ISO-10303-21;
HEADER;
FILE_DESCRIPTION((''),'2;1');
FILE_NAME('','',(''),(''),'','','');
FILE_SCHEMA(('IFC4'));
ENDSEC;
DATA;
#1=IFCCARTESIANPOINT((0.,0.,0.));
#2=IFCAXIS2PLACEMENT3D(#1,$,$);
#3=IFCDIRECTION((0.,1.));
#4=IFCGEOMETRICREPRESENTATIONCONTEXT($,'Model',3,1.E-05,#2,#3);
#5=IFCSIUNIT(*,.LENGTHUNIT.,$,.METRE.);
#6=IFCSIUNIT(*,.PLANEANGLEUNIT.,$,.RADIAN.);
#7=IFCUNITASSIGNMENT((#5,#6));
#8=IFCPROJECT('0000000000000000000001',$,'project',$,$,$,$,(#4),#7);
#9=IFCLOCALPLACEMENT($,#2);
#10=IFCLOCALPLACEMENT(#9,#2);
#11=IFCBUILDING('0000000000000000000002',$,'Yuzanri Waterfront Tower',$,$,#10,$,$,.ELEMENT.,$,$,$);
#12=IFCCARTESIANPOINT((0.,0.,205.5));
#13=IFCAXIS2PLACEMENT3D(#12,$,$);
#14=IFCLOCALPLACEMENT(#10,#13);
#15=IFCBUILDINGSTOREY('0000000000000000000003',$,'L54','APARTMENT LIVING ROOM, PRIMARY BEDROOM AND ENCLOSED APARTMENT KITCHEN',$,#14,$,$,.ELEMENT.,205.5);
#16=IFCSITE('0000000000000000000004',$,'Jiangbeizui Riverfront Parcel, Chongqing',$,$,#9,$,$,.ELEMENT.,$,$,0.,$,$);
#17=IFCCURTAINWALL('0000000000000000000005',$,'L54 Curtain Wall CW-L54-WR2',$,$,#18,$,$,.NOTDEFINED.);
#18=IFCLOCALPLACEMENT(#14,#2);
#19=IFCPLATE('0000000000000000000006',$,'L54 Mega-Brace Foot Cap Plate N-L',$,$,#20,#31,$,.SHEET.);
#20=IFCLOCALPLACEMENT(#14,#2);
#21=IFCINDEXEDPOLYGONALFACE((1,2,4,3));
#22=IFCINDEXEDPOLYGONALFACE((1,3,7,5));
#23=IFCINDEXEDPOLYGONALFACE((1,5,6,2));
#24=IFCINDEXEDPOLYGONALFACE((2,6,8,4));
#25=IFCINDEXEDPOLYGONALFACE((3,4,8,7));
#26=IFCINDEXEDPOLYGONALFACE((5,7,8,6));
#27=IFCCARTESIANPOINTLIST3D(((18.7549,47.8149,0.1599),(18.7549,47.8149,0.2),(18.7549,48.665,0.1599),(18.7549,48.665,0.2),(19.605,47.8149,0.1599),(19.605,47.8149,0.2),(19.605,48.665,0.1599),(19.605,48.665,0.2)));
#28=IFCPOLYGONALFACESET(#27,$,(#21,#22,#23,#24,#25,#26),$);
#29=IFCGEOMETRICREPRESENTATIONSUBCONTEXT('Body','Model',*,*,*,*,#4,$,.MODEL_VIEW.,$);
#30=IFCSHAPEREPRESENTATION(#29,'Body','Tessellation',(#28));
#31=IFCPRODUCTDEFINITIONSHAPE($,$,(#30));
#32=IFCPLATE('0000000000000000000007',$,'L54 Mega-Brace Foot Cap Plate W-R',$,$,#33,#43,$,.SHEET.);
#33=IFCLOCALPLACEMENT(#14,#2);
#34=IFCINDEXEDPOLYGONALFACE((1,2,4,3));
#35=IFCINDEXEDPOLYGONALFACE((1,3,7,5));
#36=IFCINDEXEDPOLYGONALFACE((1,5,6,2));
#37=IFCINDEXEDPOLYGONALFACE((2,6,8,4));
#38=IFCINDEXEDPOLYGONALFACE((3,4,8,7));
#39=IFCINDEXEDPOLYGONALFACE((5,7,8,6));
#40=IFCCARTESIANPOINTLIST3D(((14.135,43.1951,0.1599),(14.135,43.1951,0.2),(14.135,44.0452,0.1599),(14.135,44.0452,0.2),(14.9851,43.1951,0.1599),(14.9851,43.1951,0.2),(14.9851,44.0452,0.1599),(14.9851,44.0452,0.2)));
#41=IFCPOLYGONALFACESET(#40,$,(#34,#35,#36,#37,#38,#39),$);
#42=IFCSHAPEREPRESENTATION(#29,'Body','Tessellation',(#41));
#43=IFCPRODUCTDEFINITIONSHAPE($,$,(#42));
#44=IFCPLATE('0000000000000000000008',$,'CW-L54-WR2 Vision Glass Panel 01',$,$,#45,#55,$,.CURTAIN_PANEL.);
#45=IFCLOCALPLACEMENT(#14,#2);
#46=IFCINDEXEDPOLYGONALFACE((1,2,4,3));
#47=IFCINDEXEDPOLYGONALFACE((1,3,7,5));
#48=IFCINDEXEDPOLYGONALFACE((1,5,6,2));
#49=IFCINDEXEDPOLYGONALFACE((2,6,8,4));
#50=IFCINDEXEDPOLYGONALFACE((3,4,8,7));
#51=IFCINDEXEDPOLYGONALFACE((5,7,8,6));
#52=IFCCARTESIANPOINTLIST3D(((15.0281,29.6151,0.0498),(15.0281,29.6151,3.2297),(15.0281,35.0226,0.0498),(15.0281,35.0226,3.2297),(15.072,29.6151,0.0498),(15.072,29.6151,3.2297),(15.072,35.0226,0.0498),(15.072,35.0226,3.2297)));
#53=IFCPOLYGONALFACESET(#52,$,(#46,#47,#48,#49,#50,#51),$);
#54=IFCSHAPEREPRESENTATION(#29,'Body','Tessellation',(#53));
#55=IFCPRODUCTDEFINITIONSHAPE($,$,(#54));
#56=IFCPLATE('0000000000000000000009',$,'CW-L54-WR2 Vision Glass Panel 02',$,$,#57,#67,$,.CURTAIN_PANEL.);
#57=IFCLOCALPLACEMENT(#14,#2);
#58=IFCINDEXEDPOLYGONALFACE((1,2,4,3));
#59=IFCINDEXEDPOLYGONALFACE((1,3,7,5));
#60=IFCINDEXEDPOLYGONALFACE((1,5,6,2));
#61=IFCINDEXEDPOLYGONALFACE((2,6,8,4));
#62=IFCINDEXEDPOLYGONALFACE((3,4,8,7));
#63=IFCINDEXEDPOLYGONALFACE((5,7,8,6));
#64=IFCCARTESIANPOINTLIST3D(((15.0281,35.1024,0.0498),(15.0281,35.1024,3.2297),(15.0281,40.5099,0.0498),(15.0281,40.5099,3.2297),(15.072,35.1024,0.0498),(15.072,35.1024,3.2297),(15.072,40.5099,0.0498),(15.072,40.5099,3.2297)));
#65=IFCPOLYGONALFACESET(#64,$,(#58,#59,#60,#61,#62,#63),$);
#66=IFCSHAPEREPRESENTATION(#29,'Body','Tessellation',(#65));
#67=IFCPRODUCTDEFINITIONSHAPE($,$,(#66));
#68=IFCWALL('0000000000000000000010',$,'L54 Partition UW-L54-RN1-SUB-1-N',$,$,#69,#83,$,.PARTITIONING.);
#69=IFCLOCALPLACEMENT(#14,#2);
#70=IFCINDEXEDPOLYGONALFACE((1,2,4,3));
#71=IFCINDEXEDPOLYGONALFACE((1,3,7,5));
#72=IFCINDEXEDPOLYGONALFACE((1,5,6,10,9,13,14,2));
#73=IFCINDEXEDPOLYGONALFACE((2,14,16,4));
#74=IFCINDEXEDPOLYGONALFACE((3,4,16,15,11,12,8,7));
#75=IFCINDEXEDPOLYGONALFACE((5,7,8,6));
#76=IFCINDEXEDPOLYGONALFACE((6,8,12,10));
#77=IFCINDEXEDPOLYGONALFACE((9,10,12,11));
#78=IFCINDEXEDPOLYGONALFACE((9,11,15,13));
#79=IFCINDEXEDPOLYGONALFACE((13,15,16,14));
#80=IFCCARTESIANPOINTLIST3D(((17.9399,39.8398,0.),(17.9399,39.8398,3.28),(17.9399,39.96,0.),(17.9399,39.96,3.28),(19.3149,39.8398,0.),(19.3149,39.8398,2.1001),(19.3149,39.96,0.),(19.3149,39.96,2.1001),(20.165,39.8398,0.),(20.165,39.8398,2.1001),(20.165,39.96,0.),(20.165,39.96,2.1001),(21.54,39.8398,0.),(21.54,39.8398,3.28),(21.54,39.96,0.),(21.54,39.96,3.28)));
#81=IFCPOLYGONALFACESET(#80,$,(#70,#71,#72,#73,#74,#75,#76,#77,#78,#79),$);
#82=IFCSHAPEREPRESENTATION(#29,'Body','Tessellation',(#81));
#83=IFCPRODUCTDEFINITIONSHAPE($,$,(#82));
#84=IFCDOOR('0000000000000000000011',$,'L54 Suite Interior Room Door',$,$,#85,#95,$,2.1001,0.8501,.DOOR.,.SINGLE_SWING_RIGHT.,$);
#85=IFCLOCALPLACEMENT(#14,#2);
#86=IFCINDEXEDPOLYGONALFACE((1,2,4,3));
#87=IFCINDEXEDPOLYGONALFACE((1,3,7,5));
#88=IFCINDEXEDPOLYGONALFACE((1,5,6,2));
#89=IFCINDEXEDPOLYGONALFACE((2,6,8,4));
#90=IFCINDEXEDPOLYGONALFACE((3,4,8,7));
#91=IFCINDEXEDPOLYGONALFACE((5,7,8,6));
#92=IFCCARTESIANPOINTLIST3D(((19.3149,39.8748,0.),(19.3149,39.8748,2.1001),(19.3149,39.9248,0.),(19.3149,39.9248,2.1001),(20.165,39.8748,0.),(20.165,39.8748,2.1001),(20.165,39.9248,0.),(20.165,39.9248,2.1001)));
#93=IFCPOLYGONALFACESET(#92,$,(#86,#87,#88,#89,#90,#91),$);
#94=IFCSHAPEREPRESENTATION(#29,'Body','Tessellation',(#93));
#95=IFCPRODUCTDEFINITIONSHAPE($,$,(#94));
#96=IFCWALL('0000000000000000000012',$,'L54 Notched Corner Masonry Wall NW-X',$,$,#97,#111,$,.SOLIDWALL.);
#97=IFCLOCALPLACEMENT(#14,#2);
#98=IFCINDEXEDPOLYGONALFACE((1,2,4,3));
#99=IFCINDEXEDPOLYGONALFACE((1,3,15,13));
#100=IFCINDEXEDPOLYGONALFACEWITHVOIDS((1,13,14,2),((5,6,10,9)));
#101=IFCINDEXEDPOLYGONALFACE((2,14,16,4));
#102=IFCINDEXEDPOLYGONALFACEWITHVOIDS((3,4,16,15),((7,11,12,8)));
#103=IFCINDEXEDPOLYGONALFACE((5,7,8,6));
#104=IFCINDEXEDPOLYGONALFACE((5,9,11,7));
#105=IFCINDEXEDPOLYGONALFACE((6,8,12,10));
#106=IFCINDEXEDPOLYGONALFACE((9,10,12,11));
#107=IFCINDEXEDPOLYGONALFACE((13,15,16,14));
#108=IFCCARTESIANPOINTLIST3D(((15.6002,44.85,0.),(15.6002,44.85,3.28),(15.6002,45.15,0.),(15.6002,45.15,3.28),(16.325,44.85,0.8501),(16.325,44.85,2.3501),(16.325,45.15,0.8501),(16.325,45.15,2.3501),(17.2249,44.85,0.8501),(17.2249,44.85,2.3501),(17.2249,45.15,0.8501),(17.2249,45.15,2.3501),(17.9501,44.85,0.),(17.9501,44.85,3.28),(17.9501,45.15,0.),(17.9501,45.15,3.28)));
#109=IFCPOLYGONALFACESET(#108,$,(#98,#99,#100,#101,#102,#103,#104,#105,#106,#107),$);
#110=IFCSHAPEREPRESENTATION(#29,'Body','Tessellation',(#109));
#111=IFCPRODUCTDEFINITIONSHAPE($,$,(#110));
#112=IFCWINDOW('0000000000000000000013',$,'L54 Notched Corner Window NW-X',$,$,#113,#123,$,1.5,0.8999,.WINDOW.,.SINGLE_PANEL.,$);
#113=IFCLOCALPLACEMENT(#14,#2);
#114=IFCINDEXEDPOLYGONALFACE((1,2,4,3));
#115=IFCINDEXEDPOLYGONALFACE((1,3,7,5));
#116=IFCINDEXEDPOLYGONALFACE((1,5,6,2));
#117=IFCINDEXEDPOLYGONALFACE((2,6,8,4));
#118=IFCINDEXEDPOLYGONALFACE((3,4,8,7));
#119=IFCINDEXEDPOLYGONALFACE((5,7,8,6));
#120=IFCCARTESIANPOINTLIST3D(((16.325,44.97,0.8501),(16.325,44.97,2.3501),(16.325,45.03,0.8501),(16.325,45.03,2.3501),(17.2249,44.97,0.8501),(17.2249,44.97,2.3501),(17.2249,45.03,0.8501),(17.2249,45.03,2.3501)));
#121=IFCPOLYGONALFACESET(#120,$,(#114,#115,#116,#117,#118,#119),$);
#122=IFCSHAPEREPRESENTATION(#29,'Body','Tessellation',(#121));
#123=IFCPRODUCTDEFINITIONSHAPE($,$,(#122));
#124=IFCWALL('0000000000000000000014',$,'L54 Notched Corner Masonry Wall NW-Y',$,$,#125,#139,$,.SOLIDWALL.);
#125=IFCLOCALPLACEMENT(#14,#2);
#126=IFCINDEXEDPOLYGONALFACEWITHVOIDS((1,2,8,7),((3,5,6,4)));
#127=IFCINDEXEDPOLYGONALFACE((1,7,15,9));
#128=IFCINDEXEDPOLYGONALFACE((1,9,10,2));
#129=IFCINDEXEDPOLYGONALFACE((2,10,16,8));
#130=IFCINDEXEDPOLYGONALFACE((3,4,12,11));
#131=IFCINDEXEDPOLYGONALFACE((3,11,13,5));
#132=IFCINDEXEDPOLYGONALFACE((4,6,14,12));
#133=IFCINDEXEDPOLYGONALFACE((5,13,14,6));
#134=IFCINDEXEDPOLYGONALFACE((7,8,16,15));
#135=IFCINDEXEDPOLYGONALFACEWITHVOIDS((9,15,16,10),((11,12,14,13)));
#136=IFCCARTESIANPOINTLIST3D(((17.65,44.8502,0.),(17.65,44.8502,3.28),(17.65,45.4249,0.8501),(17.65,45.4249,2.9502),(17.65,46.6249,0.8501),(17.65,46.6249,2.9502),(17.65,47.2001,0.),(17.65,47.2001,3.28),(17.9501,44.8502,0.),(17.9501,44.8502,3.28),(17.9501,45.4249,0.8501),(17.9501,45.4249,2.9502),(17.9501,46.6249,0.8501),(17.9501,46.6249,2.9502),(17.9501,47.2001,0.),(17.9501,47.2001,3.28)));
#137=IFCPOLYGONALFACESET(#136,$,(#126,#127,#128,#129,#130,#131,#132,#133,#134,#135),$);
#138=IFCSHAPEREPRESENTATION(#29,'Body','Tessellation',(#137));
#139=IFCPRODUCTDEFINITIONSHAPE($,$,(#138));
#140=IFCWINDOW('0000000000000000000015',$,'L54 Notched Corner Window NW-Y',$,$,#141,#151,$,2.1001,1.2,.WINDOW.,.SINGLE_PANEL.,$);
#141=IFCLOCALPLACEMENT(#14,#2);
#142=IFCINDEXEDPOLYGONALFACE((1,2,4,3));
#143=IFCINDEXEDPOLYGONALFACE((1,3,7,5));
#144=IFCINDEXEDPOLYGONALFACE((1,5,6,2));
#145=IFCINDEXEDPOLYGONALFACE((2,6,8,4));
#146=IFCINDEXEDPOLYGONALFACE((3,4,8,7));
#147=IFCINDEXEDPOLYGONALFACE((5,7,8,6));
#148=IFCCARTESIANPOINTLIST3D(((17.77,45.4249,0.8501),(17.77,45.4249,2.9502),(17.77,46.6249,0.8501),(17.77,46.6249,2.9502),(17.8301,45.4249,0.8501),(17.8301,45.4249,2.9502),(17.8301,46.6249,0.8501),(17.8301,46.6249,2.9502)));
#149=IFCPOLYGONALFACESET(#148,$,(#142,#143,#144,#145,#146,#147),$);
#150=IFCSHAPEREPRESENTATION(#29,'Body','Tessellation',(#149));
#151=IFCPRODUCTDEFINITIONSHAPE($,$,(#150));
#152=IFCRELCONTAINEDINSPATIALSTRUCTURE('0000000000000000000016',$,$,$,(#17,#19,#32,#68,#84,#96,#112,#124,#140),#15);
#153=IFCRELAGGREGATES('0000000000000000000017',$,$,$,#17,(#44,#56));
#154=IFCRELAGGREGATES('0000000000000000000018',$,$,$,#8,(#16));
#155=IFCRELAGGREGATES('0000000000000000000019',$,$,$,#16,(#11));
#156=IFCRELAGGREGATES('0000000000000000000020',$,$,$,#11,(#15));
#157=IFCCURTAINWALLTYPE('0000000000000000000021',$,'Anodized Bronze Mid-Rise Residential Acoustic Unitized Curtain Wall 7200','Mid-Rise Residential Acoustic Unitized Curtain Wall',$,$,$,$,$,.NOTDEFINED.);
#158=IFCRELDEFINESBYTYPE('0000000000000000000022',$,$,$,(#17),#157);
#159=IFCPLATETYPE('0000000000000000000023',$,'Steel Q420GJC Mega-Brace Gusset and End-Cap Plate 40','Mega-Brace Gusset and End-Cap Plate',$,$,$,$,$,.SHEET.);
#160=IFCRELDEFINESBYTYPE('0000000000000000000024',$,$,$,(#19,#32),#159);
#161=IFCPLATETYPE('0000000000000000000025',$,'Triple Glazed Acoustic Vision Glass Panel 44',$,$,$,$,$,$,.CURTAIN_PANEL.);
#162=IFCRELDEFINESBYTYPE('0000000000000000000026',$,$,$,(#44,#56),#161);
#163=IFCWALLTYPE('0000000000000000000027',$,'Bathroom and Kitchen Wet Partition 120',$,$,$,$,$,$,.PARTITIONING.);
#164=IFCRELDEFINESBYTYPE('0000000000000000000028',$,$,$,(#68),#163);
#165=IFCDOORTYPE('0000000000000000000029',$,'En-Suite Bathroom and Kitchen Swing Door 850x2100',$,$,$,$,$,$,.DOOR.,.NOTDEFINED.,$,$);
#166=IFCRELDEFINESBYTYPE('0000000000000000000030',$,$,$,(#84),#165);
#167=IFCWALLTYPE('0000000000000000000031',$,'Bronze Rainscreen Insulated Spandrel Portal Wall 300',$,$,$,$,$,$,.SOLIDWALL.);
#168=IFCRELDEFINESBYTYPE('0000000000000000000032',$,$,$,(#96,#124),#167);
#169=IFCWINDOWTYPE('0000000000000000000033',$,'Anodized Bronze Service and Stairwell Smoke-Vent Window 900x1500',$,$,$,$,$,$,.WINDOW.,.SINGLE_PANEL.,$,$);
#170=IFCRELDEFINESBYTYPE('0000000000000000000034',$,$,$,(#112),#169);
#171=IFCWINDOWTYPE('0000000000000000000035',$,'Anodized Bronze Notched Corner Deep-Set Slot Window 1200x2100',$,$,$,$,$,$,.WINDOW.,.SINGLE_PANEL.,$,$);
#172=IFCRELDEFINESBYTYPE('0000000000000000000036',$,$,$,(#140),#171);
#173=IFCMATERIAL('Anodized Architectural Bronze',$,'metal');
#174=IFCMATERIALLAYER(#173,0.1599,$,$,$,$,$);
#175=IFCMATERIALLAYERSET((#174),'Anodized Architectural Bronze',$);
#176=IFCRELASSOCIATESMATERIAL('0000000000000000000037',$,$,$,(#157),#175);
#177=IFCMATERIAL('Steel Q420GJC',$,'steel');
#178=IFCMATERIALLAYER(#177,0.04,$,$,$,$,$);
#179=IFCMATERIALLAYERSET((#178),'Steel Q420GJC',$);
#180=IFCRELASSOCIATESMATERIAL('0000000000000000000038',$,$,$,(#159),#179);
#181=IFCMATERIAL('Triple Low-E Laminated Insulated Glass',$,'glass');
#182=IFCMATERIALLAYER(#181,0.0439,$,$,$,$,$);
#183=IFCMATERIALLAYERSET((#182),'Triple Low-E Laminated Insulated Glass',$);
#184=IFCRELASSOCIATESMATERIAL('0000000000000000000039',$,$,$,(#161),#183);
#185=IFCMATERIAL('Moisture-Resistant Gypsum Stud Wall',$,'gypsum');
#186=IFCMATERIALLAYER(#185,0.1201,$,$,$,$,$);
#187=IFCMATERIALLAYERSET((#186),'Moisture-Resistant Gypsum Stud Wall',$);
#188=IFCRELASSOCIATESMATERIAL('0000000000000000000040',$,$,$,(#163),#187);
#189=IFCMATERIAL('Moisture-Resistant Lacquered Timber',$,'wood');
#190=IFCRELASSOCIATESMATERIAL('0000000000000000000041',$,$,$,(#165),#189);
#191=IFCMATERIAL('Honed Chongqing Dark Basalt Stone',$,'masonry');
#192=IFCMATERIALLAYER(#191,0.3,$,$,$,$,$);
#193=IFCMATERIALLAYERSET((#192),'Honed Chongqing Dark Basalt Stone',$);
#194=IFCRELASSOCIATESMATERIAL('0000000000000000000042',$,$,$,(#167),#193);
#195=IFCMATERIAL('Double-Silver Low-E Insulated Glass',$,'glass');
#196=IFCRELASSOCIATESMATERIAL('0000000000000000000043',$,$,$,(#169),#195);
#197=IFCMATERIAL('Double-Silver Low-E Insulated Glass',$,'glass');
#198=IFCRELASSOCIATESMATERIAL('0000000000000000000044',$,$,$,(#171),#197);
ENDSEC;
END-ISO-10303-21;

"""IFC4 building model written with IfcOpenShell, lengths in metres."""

from ifc_helpers import new_model, si_unit, direction, frame, frame_2d, origin, origin_2d, place, context, subcontext, project, spatial, rectangle, extrude, source, transform, mapped, material, layer, layer_set, type_object, element, fill, aggregate, save


model = new_model("IFC4")

# Units and contexts
model_context = context("Model", 3, precision=1e-05, world=origin(), true_north=direction((0.0, 1.0)))
body_context = subcontext(model_context, "Body", "Model", "MODEL_VIEW")
ifc_project = project(units=[si_unit("LENGTHUNIT", "METRE"), si_unit("PLANEANGLEUNIT", "RADIAN")], contexts=[model_context])

# Site, building, storey
site_placement = place(None, origin())
site = spatial("IfcSite", under=ifc_project, at=site_placement, Name="Jiangbeizui Riverfront Parcel, Chongqing", CompositionType="ELEMENT", RefElevation=0.0)
building_placement = place(site_placement, origin())
building = spatial("IfcBuilding", under=site, at=building_placement, Name="Yuzanri Waterfront Tower", CompositionType="ELEMENT")
storey_placement = place(building_placement, frame((0.0, 0.0, 205.5)))
storey = spatial("IfcBuildingStorey", under=building, at=storey_placement, Name="L54", Description="APARTMENT LIVING ROOM, PRIMARY BEDROOM AND ENCLOSED APARTMENT KITCHEN", CompositionType="ELEMENT", Elevation=205.5)

# Curtain wall
ifc_material_1 = material(Name="Anodized Architectural Bronze", Category="metal")
ifc_layer_1 = layer(ifc_material_1, 0.1599)
ifc_layer_set_1 = layer_set([ifc_layer_1], Name="Anodized Architectural Bronze")
curtain_wall_type = type_object("IfcCurtainWallType", Name="Anodized Bronze Mid-Rise Residential Acoustic Unitized Curtain Wall 7200", Description="Mid-Rise Residential Acoustic Unitized Curtain Wall", PredefinedType="NOTDEFINED", material=ifc_layer_set_1)
curtain_wall_placement = place(storey_placement, origin())
curtain_wall = element("IfcCurtainWall", 1, at=curtain_wall_placement, inside=storey, type_object=curtain_wall_type, Name="L54 Curtain Wall CW-L54-WR2", PredefinedType="NOTDEFINED")

# Plates
ifc_material_2 = material(Name="Steel Q420GJC", Category="steel")
ifc_layer_2 = layer(ifc_material_2, 0.04)
ifc_layer_set_2 = layer_set([ifc_layer_2], Name="Steel Q420GJC")
plate_type_1 = type_object("IfcPlateType", Name="Steel Q420GJC Mega-Brace Gusset and End-Cap Plate 40", Description="Mega-Brace Gusset and End-Cap Plate", PredefinedType="SHEET", material=ifc_layer_set_2)
shared_shape_1 = source(origin(), body_context, "Body", "SweptSolid", [
    extrude(rectangle(XDim=0.8501, YDim=0.8501, at=origin_2d()), origin(), (0.0, 0.0, 1.0), 0.04),
])
for number, where, z_axis, x_axis, name in (
    (2, (19.1799, 48.24, 0.1599), (0.0, 0.0, 1.0), (1.0, 0.0, 0.0), "L54 Mega-Brace Foot Cap Plate N-L"),
    (3, (14.5601, 43.6201, 0.1599), (0.0, 0.0, 1.0), (1.0, 0.0, 0.0), "L54 Mega-Brace Foot Cap Plate W-R"),
):
    element("IfcPlate", number, at=place(storey_placement, frame(where, z_axis=z_axis, x_axis=x_axis)), inside=storey, type_object=plate_type_1, Name=name, PredefinedType="SHEET", context=body_context, shape_type="MappedRepresentation", body=[
        mapped(shared_shape_1, transform((0.0, 0.0, 0.0), scale=1.0)),
    ])

# Plates
ifc_material_3 = material(Name="Triple Low-E Laminated Insulated Glass", Category="glass")
ifc_layer_3 = layer(ifc_material_3, 0.0439)
ifc_layer_set_3 = layer_set([ifc_layer_3], Name="Triple Low-E Laminated Insulated Glass")
plate_type_2 = type_object("IfcPlateType", Name="Triple Glazed Acoustic Vision Glass Panel 44", PredefinedType="CURTAIN_PANEL", material=ifc_layer_set_3)
shared_shape_2 = source(origin(), body_context, "Body", "SweptSolid", [
    extrude(rectangle(XDim=5.4075, YDim=0.0439, at=origin_2d()), origin(), (0.0, 0.0, 1.0), 3.1799),
])
plate_1_placement = place(storey_placement, frame((15.05, 32.3188, 0.0498), z_axis=(0.0, 0.0, 1.0), x_axis=(0.0, 1.0, 0.0)))
plate_1 = element("IfcPlate", 4, at=plate_1_placement, type_object=plate_type_2, Name="CW-L54-WR2 Vision Glass Panel 01", PredefinedType="CURTAIN_PANEL", context=body_context, shape_type="MappedRepresentation", body=[
    mapped(shared_shape_2, transform((0.0, 0.0, 0.0), scale=1.0)),
])
plate_2_placement = place(storey_placement, frame((15.05, 37.8062, 0.0498), z_axis=(0.0, 0.0, 1.0), x_axis=(0.0, 1.0, 0.0)))
plate_2 = element("IfcPlate", 5, at=plate_2_placement, type_object=plate_type_2, Name="CW-L54-WR2 Vision Glass Panel 02", PredefinedType="CURTAIN_PANEL", context=body_context, shape_type="MappedRepresentation", body=[
    mapped(shared_shape_2, transform((0.0, 0.0, 0.0), scale=1.0)),
])
aggregate(curtain_wall, [plate_1, plate_2])

# Wall, opening, door
ifc_material_4 = material(Name="Moisture-Resistant Gypsum Stud Wall", Category="gypsum")
ifc_layer_4 = layer(ifc_material_4, 0.1201)
ifc_layer_set_4 = layer_set([ifc_layer_4], Name="Moisture-Resistant Gypsum Stud Wall")
wall_type_1 = type_object("IfcWallType", Name="Bathroom and Kitchen Wet Partition 120", PredefinedType="PARTITIONING", material=ifc_layer_set_4)
wall_1_placement = place(storey_placement, frame((17.9399, 39.8999, 0.0), z_axis=(0.0, 0.0, 1.0), x_axis=(1.0, 0.0, 0.0)))
wall_1 = element("IfcWall", 6, at=wall_1_placement, inside=storey, type_object=wall_type_1, Name="L54 Partition UW-L54-RN1-SUB-1-N", PredefinedType="PARTITIONING", context=body_context, shape_type="SweptSolid", body=[
    extrude(rectangle(XDim=3.6001, YDim=0.1201, at=frame_2d((1.8, 0.0))), origin(), (0.0, 0.0, 1.0), 3.28),
])
opening_1_placement = place(wall_1_placement, frame((1.375, 0.0, 0.0)))
opening_1 = element("IfcOpeningElement", 7, at=opening_1_placement, cuts=wall_1, PredefinedType="OPENING", context=body_context, shape_type="SweptSolid", body=[
    extrude(rectangle(XDim=0.8501, YDim=2.1001, at=frame_2d((0.425, 1.05))), frame((0.0, 0.075, 0.0), z_axis=(0.0, -1.0, 0.0), x_axis=(1.0, 0.0, 0.0)), (0.0, 0.0, 1.0), 0.1499),
])
ifc_material_5 = material(Name="Moisture-Resistant Lacquered Timber", Category="wood")
door_type_1 = type_object("IfcDoorType", Name="En-Suite Bathroom and Kitchen Swing Door 850x2100", OperationType="NOTDEFINED", PredefinedType="DOOR", material=ifc_material_5)
shared_shape_3 = source(origin(), body_context, "Body", "SweptSolid", [
    extrude(rectangle(XDim=0.8501, YDim=2.1001, at=frame_2d((0.425, 1.05))), frame((0.0, 0.0249, 0.0), z_axis=(0.0, -1.0, 0.0), x_axis=(1.0, 0.0, 0.0)), (0.0, 0.0, 1.0), 0.05),
])
door_1_placement = place(opening_1_placement, origin())
door_1 = element("IfcDoor", 8, at=door_1_placement, inside=storey, type_object=door_type_1, Name="L54 Suite Interior Room Door", OperationType="SINGLE_SWING_RIGHT", OverallHeight=2.1001, OverallWidth=0.8501, PredefinedType="DOOR", context=body_context, shape_type="MappedRepresentation", body=[
    mapped(shared_shape_3, transform((0.0, 0.0, 0.0), scale=1.0)),
])
fill(opening_1, door_1)

# Walls, openings, windows
ifc_material_6 = material(Name="Honed Chongqing Dark Basalt Stone", Category="masonry")
ifc_layer_5 = layer(ifc_material_6, 0.3)
ifc_layer_set_5 = layer_set([ifc_layer_5], Name="Honed Chongqing Dark Basalt Stone")
wall_type_2 = type_object("IfcWallType", Name="Bronze Rainscreen Insulated Spandrel Portal Wall 300", PredefinedType="SOLIDWALL", material=ifc_layer_set_5)
wall_2_placement = place(storey_placement, frame((17.95, 45.0, 0.0), z_axis=(0.0, 0.0, 1.0), x_axis=(-1.0, 0.0, 0.0)))
wall_2 = element("IfcWall", 9, at=wall_2_placement, inside=storey, type_object=wall_type_2, Name="L54 Notched Corner Masonry Wall NW-X", PredefinedType="SOLIDWALL", context=body_context, shape_type="SweptSolid", body=[
    extrude(rectangle(XDim=2.3499, YDim=0.3, at=frame_2d((1.1748, 0.0))), origin(), (0.0, 0.0, 1.0), 3.28),
])
opening_2_placement = place(wall_2_placement, frame((0.7251, 0.0, 0.8501)))
opening_2 = element("IfcOpeningElement", 10, at=opening_2_placement, cuts=wall_2, PredefinedType="OPENING", context=body_context, shape_type="SweptSolid", body=[
    extrude(rectangle(XDim=0.8999, YDim=1.5, at=frame_2d((0.45, 0.75))), frame((0.0, 0.165, 0.0), z_axis=(0.0, -1.0, 0.0), x_axis=(1.0, 0.0, 0.0)), (0.0, 0.0, 1.0), 0.3298),
])
ifc_material_7 = material(Name="Double-Silver Low-E Insulated Glass", Category="glass")
window_type_1 = type_object("IfcWindowType", Name="Anodized Bronze Service and Stairwell Smoke-Vent Window 900x1500", PartitioningType="SINGLE_PANEL", PredefinedType="WINDOW", material=ifc_material_7)
shared_shape_4 = source(origin(), body_context, "Body", "SweptSolid", [
    extrude(rectangle(XDim=0.8999, YDim=1.5, at=frame_2d((0.45, 0.75))), frame((0.0, 0.03, 0.0), z_axis=(0.0, -1.0, 0.0), x_axis=(1.0, 0.0, 0.0)), (0.0, 0.0, 1.0), 0.0601),
])
window_1_placement = place(opening_2_placement, origin())
window_1 = element("IfcWindow", 11, at=window_1_placement, inside=storey, type_object=window_type_1, Name="L54 Notched Corner Window NW-X", OverallHeight=1.5, OverallWidth=0.8999, PartitioningType="SINGLE_PANEL", PredefinedType="WINDOW", context=body_context, shape_type="MappedRepresentation", body=[
    mapped(shared_shape_4, transform((0.0, 0.0, 0.0), scale=1.0)),
])
fill(opening_2, window_1)
wall_3_placement = place(storey_placement, frame((17.8, 47.2, 0.0), z_axis=(0.0, 0.0, 1.0), x_axis=(0.0, -1.0, 0.0)))
wall_3 = element("IfcWall", 12, at=wall_3_placement, inside=storey, type_object=wall_type_2, Name="L54 Notched Corner Masonry Wall NW-Y", PredefinedType="SOLIDWALL", context=body_context, shape_type="SweptSolid", body=[
    extrude(rectangle(XDim=2.3499, YDim=0.3, at=frame_2d((1.1748, 0.0))), origin(), (0.0, 0.0, 1.0), 3.28),
])
opening_3_placement = place(wall_3_placement, frame((0.575, 0.0, 0.8501)))
opening_3 = element("IfcOpeningElement", 13, at=opening_3_placement, cuts=wall_3, PredefinedType="OPENING", context=body_context, shape_type="SweptSolid", body=[
    extrude(rectangle(XDim=1.2, YDim=2.1001, at=frame_2d((0.6001, 1.05))), frame((0.0, 0.165, 0.0), z_axis=(0.0, -1.0, 0.0), x_axis=(1.0, 0.0, 0.0)), (0.0, 0.0, 1.0), 0.3298),
])
ifc_material_8 = material(Name="Double-Silver Low-E Insulated Glass", Category="glass")
window_type_2 = type_object("IfcWindowType", Name="Anodized Bronze Notched Corner Deep-Set Slot Window 1200x2100", PartitioningType="SINGLE_PANEL", PredefinedType="WINDOW", material=ifc_material_8)
shared_shape_5 = source(origin(), body_context, "Body", "SweptSolid", [
    extrude(rectangle(XDim=1.2, YDim=2.1001, at=frame_2d((0.6001, 1.05))), frame((0.0, 0.03, 0.0), z_axis=(0.0, -1.0, 0.0), x_axis=(1.0, 0.0, 0.0)), (0.0, 0.0, 1.0), 0.0601),
])
window_2_placement = place(opening_3_placement, origin())
window_2 = element("IfcWindow", 14, at=window_2_placement, inside=storey, type_object=window_type_2, Name="L54 Notched Corner Window NW-Y", OverallHeight=2.1001, OverallWidth=1.2, PartitioningType="SINGLE_PANEL", PredefinedType="WINDOW", context=body_context, shape_type="MappedRepresentation", body=[
    mapped(shared_shape_5, transform((0.0, 0.0, 0.0), scale=1.0)),
])
fill(opening_3, window_2)

save(model, "model.ifc")
